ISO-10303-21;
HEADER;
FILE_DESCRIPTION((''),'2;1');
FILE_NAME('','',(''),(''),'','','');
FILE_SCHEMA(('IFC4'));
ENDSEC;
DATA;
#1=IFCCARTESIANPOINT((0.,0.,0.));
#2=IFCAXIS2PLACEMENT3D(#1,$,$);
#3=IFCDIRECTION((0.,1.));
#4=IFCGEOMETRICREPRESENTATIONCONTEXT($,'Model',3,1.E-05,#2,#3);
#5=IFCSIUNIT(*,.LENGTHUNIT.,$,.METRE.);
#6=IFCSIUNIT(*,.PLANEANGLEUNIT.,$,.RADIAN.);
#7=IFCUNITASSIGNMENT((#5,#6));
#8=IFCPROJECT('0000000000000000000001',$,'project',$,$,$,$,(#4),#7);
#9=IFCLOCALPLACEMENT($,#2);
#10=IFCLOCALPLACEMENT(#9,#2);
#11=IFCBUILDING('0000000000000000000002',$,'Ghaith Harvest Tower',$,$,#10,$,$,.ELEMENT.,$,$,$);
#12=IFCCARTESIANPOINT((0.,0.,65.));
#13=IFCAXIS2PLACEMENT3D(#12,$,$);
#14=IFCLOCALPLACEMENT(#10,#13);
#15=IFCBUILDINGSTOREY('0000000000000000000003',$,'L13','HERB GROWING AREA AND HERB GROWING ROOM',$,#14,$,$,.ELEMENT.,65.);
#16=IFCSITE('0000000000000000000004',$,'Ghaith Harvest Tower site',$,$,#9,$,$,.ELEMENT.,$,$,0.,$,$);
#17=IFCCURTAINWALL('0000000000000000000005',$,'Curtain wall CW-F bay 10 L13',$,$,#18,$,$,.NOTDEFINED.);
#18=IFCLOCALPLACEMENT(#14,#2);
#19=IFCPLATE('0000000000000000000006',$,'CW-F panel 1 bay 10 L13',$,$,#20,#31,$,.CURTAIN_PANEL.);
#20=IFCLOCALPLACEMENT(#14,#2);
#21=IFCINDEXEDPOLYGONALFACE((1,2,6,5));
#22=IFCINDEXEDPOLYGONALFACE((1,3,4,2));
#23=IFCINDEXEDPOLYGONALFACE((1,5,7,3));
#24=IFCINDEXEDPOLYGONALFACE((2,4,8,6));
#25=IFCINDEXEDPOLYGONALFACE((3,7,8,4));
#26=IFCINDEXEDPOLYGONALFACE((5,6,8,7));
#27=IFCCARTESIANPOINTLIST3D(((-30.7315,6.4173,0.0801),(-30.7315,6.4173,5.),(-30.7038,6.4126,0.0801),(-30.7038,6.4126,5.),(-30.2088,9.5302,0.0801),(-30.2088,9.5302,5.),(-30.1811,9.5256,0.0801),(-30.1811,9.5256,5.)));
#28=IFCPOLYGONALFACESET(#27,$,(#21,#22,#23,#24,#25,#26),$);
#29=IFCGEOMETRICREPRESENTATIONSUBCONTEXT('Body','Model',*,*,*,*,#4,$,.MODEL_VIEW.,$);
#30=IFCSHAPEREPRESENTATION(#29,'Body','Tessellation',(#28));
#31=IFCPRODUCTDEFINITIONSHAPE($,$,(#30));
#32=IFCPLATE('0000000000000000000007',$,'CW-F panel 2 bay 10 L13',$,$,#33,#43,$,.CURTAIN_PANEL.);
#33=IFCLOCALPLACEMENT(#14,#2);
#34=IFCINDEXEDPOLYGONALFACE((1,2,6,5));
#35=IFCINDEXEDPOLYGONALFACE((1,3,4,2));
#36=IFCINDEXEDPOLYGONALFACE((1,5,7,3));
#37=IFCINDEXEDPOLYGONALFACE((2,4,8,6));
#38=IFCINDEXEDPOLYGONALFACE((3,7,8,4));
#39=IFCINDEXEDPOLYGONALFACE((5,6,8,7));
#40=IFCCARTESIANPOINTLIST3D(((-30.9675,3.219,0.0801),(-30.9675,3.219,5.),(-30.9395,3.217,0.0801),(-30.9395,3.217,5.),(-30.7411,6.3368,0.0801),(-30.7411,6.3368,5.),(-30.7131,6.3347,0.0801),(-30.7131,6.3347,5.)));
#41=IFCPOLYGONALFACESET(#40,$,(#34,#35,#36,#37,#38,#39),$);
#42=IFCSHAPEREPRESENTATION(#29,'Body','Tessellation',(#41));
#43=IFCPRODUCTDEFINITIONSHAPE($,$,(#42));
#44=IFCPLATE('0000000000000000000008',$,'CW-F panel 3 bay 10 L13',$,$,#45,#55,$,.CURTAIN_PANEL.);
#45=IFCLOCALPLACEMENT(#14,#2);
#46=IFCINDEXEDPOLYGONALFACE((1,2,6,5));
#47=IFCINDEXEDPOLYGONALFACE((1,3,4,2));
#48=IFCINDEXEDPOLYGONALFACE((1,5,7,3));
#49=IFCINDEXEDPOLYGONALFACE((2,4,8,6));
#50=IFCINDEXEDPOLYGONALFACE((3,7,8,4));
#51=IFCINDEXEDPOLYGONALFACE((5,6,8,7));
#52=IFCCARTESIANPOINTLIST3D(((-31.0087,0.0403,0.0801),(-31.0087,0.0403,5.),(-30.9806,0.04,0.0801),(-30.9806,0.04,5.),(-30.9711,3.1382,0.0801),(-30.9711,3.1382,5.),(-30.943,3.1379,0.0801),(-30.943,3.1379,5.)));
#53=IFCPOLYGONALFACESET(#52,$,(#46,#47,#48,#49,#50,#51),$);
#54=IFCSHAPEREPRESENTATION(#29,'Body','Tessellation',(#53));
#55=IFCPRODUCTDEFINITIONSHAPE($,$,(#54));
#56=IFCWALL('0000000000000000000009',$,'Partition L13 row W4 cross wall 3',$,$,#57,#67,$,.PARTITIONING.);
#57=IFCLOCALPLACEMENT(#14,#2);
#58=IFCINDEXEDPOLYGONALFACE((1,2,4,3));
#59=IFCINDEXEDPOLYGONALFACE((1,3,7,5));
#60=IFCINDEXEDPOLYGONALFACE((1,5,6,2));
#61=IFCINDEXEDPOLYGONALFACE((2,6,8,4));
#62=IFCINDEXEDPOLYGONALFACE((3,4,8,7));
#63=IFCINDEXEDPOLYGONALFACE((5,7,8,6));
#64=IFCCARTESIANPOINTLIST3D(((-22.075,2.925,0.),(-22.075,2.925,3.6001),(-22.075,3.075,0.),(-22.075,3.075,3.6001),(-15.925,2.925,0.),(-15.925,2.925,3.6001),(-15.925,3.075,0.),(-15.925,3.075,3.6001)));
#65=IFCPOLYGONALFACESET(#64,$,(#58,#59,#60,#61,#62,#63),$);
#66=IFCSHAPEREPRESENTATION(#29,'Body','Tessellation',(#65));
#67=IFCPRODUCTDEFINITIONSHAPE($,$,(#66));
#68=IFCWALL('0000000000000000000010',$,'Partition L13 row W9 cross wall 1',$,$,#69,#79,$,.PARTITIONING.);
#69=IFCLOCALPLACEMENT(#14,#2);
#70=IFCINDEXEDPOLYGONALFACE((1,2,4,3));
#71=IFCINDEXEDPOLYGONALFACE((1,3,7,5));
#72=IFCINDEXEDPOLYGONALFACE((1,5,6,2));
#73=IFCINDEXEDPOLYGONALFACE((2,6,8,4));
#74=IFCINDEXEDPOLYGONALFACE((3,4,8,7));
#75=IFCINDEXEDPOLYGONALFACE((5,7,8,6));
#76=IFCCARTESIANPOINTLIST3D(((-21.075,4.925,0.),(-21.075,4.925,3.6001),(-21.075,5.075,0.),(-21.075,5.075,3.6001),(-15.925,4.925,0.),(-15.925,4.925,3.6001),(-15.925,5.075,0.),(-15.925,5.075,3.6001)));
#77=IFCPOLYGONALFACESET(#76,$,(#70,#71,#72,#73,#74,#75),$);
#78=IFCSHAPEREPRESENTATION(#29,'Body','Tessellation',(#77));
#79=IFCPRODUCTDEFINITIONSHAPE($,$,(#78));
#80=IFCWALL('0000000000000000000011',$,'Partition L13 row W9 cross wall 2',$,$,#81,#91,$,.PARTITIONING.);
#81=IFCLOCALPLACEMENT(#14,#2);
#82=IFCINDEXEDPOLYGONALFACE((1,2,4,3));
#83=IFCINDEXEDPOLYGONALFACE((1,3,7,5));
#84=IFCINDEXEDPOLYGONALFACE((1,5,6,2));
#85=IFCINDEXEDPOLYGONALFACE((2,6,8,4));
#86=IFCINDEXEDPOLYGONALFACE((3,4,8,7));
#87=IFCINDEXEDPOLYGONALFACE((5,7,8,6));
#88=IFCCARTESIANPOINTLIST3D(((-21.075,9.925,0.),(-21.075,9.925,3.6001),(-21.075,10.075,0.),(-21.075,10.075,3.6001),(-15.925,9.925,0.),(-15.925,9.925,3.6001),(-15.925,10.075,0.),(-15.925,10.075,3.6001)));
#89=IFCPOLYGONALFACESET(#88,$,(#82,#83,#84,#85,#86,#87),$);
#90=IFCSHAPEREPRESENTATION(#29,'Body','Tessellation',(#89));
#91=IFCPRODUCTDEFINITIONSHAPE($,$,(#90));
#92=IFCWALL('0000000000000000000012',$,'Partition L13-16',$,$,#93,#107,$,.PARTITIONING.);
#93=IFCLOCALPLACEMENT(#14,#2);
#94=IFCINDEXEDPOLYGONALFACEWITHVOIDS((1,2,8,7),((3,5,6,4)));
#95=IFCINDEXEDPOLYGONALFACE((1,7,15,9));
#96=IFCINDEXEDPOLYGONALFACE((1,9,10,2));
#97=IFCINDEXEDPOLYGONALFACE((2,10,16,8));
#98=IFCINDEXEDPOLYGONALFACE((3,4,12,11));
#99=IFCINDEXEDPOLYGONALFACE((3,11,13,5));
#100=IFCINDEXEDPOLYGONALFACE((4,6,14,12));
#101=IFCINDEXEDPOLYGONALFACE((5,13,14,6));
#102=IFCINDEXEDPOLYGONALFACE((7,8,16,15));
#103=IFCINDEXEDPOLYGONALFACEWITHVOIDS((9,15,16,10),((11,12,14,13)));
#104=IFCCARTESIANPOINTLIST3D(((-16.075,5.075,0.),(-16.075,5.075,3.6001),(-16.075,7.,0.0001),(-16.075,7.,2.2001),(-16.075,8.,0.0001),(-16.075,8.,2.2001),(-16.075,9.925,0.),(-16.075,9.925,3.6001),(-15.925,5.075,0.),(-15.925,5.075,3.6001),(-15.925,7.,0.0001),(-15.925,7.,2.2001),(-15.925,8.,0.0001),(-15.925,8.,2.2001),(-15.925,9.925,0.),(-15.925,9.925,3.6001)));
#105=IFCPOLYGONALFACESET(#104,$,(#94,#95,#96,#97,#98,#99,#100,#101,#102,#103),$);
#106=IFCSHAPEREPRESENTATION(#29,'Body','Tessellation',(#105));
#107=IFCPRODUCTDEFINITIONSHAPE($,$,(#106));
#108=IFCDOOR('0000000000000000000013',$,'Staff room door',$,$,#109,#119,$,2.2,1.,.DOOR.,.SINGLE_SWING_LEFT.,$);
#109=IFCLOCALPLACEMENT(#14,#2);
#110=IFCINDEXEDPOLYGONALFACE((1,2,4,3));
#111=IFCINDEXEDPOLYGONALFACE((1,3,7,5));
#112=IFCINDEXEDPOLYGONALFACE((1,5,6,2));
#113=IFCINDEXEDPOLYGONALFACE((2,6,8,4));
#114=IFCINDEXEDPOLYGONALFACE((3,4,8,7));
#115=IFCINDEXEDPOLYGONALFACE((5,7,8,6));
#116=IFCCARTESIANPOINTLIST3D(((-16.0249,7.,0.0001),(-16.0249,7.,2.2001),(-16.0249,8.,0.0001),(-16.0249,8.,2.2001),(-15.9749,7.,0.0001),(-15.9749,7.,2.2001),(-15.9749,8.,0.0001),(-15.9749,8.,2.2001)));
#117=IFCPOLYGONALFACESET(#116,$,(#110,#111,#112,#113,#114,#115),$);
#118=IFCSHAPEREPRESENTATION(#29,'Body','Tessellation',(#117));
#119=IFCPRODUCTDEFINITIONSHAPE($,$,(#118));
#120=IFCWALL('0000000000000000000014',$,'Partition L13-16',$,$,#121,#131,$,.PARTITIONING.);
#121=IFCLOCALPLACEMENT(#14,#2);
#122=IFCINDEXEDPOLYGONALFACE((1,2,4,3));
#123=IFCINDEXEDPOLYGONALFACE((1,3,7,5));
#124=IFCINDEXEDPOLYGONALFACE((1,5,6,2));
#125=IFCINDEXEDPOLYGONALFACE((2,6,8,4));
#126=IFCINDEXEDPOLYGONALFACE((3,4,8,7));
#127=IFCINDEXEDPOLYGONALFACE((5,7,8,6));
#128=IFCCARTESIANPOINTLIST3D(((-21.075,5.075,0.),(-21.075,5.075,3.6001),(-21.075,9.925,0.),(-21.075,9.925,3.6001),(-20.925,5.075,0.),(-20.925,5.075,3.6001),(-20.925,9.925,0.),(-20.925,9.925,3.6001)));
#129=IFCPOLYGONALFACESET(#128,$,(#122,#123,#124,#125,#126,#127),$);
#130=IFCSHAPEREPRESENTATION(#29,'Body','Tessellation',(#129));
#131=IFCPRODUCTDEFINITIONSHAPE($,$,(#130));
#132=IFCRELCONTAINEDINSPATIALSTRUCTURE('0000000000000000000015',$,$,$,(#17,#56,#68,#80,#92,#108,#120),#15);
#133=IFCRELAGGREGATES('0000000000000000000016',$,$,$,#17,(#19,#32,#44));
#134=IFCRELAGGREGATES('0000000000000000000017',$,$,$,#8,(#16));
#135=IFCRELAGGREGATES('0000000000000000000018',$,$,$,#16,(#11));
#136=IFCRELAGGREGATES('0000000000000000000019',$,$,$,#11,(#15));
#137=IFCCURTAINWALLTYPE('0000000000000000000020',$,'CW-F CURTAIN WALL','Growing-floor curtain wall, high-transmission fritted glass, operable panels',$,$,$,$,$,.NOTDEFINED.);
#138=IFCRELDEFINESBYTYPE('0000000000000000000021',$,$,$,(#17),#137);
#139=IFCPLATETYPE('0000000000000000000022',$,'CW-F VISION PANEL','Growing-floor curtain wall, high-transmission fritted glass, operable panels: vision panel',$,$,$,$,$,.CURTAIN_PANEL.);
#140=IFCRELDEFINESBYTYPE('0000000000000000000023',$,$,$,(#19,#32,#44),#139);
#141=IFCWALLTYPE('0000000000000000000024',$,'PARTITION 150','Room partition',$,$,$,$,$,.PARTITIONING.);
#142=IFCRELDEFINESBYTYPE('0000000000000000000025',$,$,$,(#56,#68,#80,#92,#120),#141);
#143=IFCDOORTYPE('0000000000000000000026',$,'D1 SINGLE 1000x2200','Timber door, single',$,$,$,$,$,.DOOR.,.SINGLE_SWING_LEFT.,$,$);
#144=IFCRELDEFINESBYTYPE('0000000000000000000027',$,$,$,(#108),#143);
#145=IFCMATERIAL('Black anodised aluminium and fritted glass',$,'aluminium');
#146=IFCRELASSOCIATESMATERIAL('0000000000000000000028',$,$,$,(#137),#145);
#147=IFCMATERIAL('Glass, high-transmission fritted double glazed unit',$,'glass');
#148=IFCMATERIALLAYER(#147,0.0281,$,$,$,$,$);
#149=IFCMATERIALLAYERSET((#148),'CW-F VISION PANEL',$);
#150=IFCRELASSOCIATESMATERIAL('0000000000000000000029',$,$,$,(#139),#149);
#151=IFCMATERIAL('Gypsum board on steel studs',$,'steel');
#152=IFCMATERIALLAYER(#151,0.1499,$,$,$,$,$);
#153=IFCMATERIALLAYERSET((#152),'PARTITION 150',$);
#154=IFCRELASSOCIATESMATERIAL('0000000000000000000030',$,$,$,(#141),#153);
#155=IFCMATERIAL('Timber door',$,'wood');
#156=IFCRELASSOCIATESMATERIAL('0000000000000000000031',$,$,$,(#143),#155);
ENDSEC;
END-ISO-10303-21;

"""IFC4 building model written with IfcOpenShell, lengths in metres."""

from ifc_helpers import new_model, si_unit, direction, frame, frame_2d, origin, origin_2d, place, context, subcontext, project, spatial, rectangle, extrude, material, layer, layer_set, type_object, element, fill, aggregate, save


model = new_model("IFC4")

# Units and contexts
model_context = context("Model", 3, precision=1e-05, world=origin(), true_north=direction((0.0, 1.0)))
body_context = subcontext(model_context, "Body", "Model", "MODEL_VIEW")
ifc_project = project(units=[si_unit("LENGTHUNIT", "METRE"), si_unit("PLANEANGLEUNIT", "RADIAN")], contexts=[model_context])

# Site, building, storey
site_placement = place(None, origin())
site = spatial("IfcSite", under=ifc_project, at=site_placement, Name="Ghaith Harvest Tower site", CompositionType="ELEMENT", RefElevation=0.0)
building_placement = place(site_placement, origin())
building = spatial("IfcBuilding", under=site, at=building_placement, Name="Ghaith Harvest Tower", CompositionType="ELEMENT")
storey_placement = place(building_placement, frame((0.0, 0.0, 65.0)))
storey = spatial("IfcBuildingStorey", under=building, at=storey_placement, Name="L13", Description="HERB GROWING AREA AND HERB GROWING ROOM", CompositionType="ELEMENT", Elevation=65.0)

# Curtain wall
ifc_material_1 = material(Name="Black anodised aluminium and fritted glass", Category="aluminium")
curtain_wall_type = type_object("IfcCurtainWallType", Name="CW-F CURTAIN WALL", Description="Growing-floor curtain wall, high-transmission fritted glass, operable panels", PredefinedType="NOTDEFINED", material=ifc_material_1)
curtain_wall_1_placement = place(storey_placement, origin())
curtain_wall_1 = element("IfcCurtainWall", 1, at=curtain_wall_1_placement, inside=storey, type_object=curtain_wall_type, Name="Curtain wall CW-F bay 10 L13", PredefinedType="NOTDEFINED")

# Shared definitions
ifc_material_2 = material(Name="Glass, high-transmission fritted double glazed unit", Category="glass")
ifc_layer_1 = layer(ifc_material_2, 0.0281)
ifc_layer_set_1 = layer_set([ifc_layer_1], Name="CW-F VISION PANEL")
plate_type = type_object("IfcPlateType", Name="CW-F VISION PANEL", Description="Growing-floor curtain wall, high-transmission fritted glass, operable panels: vision panel", PredefinedType="CURTAIN_PANEL", material=ifc_layer_set_1)

# Plates
plate_1_placement = place(storey_placement, frame((-30.4563, 7.9714, 0.0801), z_axis=(0.0, 0.0, 1.0), x_axis=(-0.165581, -0.986196, 0.0)))
plate_1 = element("IfcPlate", 2, at=plate_1_placement, type_object=plate_type, Name="CW-F panel 1 bay 10 L13", PredefinedType="CURTAIN_PANEL", context=body_context, shape_type="SweptSolid", body=[
    extrude(rectangle(XDim=3.1565, YDim=0.0281, at=origin_2d()), origin(), (0.0, 0.0, 1.0), 4.9199),
])
plate_2_placement = place(storey_placement, frame((-30.8403, 4.7769, 0.0801), z_axis=(0.0, 0.0, 1.0), x_axis=(-0.072421, -0.997374, 0.0)))
plate_2 = element("IfcPlate", 3, at=plate_2_placement, type_object=plate_type, Name="CW-F panel 2 bay 10 L13", PredefinedType="CURTAIN_PANEL", context=body_context, shape_type="SweptSolid", body=[
    extrude(rectangle(XDim=3.126, YDim=0.0281, at=origin_2d()), origin(), (0.0, 0.0, 1.0), 4.9199),
])
plate_3_placement = place(storey_placement, frame((-30.9758, 1.5891, 0.0801), z_axis=(0.0, 0.0, 1.0), x_axis=(-0.012133, -0.999926, 0.0)))
plate_3 = element("IfcPlate", 4, at=plate_3_placement, type_object=plate_type, Name="CW-F panel 3 bay 10 L13", PredefinedType="CURTAIN_PANEL", context=body_context, shape_type="SweptSolid", body=[
    extrude(rectangle(XDim=3.0981, YDim=0.0281, at=origin_2d()), origin(), (0.0, 0.0, 1.0), 4.9199),
])
aggregate(curtain_wall_1, [plate_1, plate_2, plate_3])

# Walls
ifc_material_3 = material(Name="Gypsum board on steel studs", Category="steel")
ifc_layer_2 = layer(ifc_material_3, 0.1499)
ifc_layer_set_2 = layer_set([ifc_layer_2], Name="PARTITION 150")
wall_type_1 = type_object("IfcWallType", Name="PARTITION 150", Description="Room partition", PredefinedType="PARTITIONING", material=ifc_layer_set_2)
wall_1_placement = place(storey_placement, frame((-15.925, 3.0, 0.0), z_axis=(0.0, 0.0, 1.0), x_axis=(-1.0, 0.0, 0.0)))
element("IfcWall", 5, at=wall_1_placement, inside=storey, type_object=wall_type_1, Name="Partition L13 row W4 cross wall 3", PredefinedType="PARTITIONING", context=body_context, shape_type="SweptSolid", body=[
    extrude(rectangle(XDim=6.1499, YDim=0.1499, at=frame_2d((3.075, 0.0))), origin(), (0.0, 0.0, 1.0), 3.6001),
])
for number, where, z_axis, x_axis, name in (
    (6, (-15.925, 5.0, 0.0), (0.0, 0.0, 1.0), (-1.0, 0.0, 0.0), "Partition L13 row W9 cross wall 1"),
    (7, (-15.925, 10.0, 0.0), (0.0, 0.0, 1.0), (-1.0, 0.0, 0.0), "Partition L13 row W9 cross wall 2"),
):
    element("IfcWall", number, at=place(storey_placement, frame(where, z_axis=z_axis, x_axis=x_axis)), inside=storey, type_object=wall_type_1, Name=name, PredefinedType="PARTITIONING", context=body_context, shape_type="SweptSolid", body=[
        extrude(rectangle(XDim=5.1499, YDim=0.1499, at=frame_2d((2.575, 0.0))), origin(), (0.0, 0.0, 1.0), 3.6001),
    ])

# Wall, opening, door
wall_2_placement = place(storey_placement, frame((-16.0, 5.075, 0.0), z_axis=(0.0, 0.0, 1.0), x_axis=(0.0, 1.0, 0.0)))
wall_2 = element("IfcWall", 8, at=wall_2_placement, inside=storey, type_object=wall_type_1, Name="Partition L13-16", PredefinedType="PARTITIONING", context=body_context, shape_type="SweptSolid", body=[
    extrude(rectangle(XDim=4.8501, YDim=0.1499, at=frame_2d((2.425, 0.0))), origin(), (0.0, 0.0, 1.0), 3.6001),
])
opening_1_placement = place(wall_2_placement, frame((1.925, 0.0, 0.0)))
opening_1 = element("IfcOpeningElement", 9, at=opening_1_placement, cuts=wall_2, PredefinedType="OPENING", context=body_context, shape_type="SweptSolid", body=[
    extrude(rectangle(XDim=1.0, YDim=2.2, at=frame_2d((0.5, 1.1001))), frame((0.0, 0.085, 0.0), z_axis=(0.0, -1.0, 0.0), x_axis=(1.0, 0.0, 0.0)), (0.0, 0.0, 1.0), 0.1699),
])
ifc_material_4 = material(Name="Timber door", Category="wood")
door_type_1 = type_object("IfcDoorType", Name="D1 SINGLE 1000x2200", Description="Timber door, single", OperationType="SINGLE_SWING_LEFT", PredefinedType="DOOR", material=ifc_material_4)
door_1_placement = place(opening_1_placement, origin())
door_1 = element("IfcDoor", 10, at=door_1_placement, inside=storey, type_object=door_type_1, Name="Staff room door", OperationType="SINGLE_SWING_LEFT", OverallHeight=2.2, OverallWidth=1.0, PredefinedType="DOOR", context=body_context, shape_type="SweptSolid", body=[
    extrude(rectangle(XDim=1.0, YDim=2.2, at=frame_2d((0.5, 1.1001))), frame((0.0, 0.0249, 0.0), z_axis=(0.0, -1.0, 0.0), x_axis=(1.0, 0.0, 0.0)), (0.0, 0.0, 1.0), 0.05),
])
fill(opening_1, door_1)

# Wall
wall_3_placement = place(storey_placement, frame((-21.0, 5.075, 0.0), z_axis=(0.0, 0.0, 1.0), x_axis=(0.0, 1.0, 0.0)))
element("IfcWall", 11, at=wall_3_placement, inside=storey, type_object=wall_type_1, Name="Partition L13-16", PredefinedType="PARTITIONING", context=body_context, shape_type="SweptSolid", body=[
    extrude(rectangle(XDim=4.8501, YDim=0.1499, at=frame_2d((2.425, 0.0))), origin(), (0.0, 0.0, 1.0), 3.6001),
])

save(model, "model.ifc")
